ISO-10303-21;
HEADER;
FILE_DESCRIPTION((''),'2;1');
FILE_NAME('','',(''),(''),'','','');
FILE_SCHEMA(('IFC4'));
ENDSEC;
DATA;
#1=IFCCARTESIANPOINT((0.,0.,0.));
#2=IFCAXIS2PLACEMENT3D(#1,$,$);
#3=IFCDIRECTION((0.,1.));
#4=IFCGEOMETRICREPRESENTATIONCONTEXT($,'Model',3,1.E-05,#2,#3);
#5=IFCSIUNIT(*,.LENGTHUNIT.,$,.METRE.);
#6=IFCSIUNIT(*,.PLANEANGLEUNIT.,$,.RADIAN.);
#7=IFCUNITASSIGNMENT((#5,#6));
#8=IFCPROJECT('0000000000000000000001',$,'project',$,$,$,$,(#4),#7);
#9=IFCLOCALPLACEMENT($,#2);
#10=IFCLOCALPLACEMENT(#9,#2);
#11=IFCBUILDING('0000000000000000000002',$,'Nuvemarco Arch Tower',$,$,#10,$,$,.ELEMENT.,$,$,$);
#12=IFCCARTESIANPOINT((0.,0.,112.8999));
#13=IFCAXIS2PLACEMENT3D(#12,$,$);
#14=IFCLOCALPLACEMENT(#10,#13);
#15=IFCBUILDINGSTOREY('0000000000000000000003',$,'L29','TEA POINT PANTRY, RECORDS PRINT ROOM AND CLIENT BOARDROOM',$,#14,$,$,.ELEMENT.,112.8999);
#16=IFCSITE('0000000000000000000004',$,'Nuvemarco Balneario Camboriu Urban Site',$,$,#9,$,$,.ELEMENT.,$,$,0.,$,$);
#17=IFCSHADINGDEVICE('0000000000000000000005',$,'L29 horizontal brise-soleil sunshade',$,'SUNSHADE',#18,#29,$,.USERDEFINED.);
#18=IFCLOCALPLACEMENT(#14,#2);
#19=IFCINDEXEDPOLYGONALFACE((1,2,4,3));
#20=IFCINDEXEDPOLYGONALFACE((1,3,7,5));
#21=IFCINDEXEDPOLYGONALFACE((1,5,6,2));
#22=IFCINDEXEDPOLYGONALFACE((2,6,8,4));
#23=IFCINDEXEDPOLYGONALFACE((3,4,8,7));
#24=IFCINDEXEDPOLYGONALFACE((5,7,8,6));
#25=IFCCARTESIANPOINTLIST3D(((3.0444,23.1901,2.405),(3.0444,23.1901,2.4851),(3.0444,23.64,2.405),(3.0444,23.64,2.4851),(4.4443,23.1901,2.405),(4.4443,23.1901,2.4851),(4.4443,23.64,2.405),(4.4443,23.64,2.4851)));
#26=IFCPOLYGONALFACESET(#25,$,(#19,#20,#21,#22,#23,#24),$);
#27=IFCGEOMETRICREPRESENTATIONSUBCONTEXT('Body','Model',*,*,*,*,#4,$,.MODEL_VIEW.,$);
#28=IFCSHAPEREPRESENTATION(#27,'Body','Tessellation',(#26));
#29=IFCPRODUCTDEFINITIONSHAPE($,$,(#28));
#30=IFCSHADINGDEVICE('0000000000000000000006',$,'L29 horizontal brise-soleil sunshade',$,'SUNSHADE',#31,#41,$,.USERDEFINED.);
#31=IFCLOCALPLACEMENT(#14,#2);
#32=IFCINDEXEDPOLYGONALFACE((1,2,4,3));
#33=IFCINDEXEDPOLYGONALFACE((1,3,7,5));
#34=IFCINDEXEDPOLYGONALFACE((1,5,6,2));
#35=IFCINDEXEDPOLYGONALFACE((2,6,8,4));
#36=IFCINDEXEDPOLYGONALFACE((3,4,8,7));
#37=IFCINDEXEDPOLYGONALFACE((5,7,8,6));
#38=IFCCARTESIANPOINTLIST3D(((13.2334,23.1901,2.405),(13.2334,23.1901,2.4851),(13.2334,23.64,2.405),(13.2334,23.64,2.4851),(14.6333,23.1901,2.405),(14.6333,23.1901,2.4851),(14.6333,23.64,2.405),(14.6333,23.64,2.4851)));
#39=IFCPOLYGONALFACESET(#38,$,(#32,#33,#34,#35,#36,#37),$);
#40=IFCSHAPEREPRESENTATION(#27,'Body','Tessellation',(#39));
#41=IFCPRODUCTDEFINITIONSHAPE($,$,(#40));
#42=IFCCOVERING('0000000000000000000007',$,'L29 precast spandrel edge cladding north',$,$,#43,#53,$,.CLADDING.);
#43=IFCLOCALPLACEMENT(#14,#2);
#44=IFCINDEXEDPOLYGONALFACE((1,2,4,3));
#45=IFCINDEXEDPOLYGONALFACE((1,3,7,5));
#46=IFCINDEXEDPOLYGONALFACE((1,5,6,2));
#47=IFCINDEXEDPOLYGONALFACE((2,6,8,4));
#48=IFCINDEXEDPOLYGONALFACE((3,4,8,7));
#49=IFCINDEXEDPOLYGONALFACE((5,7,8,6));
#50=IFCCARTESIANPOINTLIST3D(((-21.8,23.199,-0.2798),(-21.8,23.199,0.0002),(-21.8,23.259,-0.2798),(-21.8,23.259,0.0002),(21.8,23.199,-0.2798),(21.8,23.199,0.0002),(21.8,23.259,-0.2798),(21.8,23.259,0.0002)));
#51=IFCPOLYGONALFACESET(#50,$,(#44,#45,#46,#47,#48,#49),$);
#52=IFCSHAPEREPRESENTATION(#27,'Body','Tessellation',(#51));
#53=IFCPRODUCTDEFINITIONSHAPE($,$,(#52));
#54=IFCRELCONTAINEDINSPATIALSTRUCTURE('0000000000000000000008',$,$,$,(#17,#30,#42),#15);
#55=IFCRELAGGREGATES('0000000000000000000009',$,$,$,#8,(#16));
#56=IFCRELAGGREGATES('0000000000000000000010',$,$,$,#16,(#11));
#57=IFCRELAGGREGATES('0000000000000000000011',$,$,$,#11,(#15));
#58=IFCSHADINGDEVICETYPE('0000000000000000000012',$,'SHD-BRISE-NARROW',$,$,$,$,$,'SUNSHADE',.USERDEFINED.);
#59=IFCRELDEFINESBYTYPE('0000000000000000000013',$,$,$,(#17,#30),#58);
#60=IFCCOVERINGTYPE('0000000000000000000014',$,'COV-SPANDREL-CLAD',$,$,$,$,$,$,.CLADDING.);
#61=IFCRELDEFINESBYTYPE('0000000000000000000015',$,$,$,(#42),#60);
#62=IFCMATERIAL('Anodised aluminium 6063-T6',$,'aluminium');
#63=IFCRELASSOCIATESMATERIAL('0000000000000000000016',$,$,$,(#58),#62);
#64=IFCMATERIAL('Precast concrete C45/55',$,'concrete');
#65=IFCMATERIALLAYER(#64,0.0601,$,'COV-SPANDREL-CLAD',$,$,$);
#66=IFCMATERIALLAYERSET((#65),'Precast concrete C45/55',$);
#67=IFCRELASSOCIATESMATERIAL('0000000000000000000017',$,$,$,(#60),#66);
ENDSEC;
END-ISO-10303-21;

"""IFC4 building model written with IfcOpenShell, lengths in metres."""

from ifc_helpers import new_model, si_unit, direction, frame, origin, origin_2d, place, context, subcontext, project, spatial, rectangle, extrude, source, transform, mapped, material, layer, layer_set, type_object, type_shapes, element, save


model = new_model("IFC4")

# Units and contexts
model_context = context("Model", 3, precision=1e-05, world=origin(), true_north=direction((0.0, 1.0)))
body_context = subcontext(model_context, "Body", "Model", "MODEL_VIEW")
ifc_project = project(units=[si_unit("LENGTHUNIT", "METRE"), si_unit("PLANEANGLEUNIT", "RADIAN")], contexts=[model_context])

# Site, building, storey
site_placement = place(None, origin())
site = spatial("IfcSite", under=ifc_project, at=site_placement, Name="Nuvemarco Balneario Camboriu Urban Site", CompositionType="ELEMENT", RefElevation=0.0)
building_placement = place(site_placement, origin())
building = spatial("IfcBuilding", under=site, at=building_placement, Name="Nuvemarco Arch Tower", CompositionType="ELEMENT")
storey_placement = place(building_placement, frame((0.0, 0.0, 112.8999)))
storey = spatial("IfcBuildingStorey", under=building, at=storey_placement, Name="L29", Description="TEA POINT PANTRY, RECORDS PRINT ROOM AND CLIENT BOARDROOM", CompositionType="ELEMENT", Elevation=112.8999)

# Shared definitions
ifc_material_1 = material(Name="Precast concrete C45/55", Category="concrete")

# Shading devices
ifc_material_2 = material(Name="Anodised aluminium 6063-T6", Category="aluminium")
shading_device_type = type_object("IfcShadingDeviceType", Name="SHD-BRISE-NARROW", ElementType="SUNSHADE", PredefinedType="USERDEFINED", material=ifc_material_2)
shared_shape_1 = source(origin(), body_context, "Body", "SweptSolid", [
    extrude(rectangle(XDim=1.3999, YDim=0.45, at=origin_2d()), origin(), (0.0, 0.0, 1.0), 0.0801),
])
type_shapes(shading_device_type, [shared_shape_1])
for number, where, z_axis, x_axis, name in (
    (1, (3.7444, 23.415, 2.405), (0.0, 0.0, 1.0), (1.0, 0.0, 0.0), "L29 horizontal brise-soleil sunshade"),
    (2, (13.9333, 23.415, 2.405), (0.0, 0.0, 1.0), (1.0, 0.0, 0.0), "L29 horizontal brise-soleil sunshade"),
):
    element("IfcShadingDevice", number, at=place(storey_placement, frame(where, z_axis=z_axis, x_axis=x_axis)), inside=storey, type_object=shading_device_type, Name=name, ObjectType="SUNSHADE", PredefinedType="USERDEFINED", context=body_context, shape_type="MappedRepresentation", body=[
        mapped(shared_shape_1, transform((0.0, 0.0, 0.0), scale=1.0)),
    ])

# Covering
ifc_layer_1 = layer(ifc_material_1, 0.0601, Name="COV-SPANDREL-CLAD")
ifc_layer_set_1 = layer_set([ifc_layer_1], Name="Precast concrete C45/55")
covering_type = type_object("IfcCoveringType", Name="COV-SPANDREL-CLAD", PredefinedType="CLADDING", material=ifc_layer_set_1)
shared_shape_2 = source(origin(), body_context, "Body", "SweptSolid", [
    extrude(rectangle(XDim=43.6001, YDim=0.0601, at=origin_2d()), origin(), (0.0, 0.0, 1.0), 0.28),
])
type_shapes(covering_type, [shared_shape_2])
covering_placement = place(storey_placement, frame((0.0, 23.229, -0.2798), z_axis=(0.0, 0.0, 1.0), x_axis=(1.0, 0.0, 0.0)))
element("IfcCovering", 3, at=covering_placement, inside=storey, type_object=covering_type, Name="L29 precast spandrel edge cladding north", PredefinedType="CLADDING", context=body_context, shape_type="MappedRepresentation", body=[
    mapped(shared_shape_2, transform((0.0, 0.0, 0.0), scale=1.0)),
])

save(model, "model.ifc")
